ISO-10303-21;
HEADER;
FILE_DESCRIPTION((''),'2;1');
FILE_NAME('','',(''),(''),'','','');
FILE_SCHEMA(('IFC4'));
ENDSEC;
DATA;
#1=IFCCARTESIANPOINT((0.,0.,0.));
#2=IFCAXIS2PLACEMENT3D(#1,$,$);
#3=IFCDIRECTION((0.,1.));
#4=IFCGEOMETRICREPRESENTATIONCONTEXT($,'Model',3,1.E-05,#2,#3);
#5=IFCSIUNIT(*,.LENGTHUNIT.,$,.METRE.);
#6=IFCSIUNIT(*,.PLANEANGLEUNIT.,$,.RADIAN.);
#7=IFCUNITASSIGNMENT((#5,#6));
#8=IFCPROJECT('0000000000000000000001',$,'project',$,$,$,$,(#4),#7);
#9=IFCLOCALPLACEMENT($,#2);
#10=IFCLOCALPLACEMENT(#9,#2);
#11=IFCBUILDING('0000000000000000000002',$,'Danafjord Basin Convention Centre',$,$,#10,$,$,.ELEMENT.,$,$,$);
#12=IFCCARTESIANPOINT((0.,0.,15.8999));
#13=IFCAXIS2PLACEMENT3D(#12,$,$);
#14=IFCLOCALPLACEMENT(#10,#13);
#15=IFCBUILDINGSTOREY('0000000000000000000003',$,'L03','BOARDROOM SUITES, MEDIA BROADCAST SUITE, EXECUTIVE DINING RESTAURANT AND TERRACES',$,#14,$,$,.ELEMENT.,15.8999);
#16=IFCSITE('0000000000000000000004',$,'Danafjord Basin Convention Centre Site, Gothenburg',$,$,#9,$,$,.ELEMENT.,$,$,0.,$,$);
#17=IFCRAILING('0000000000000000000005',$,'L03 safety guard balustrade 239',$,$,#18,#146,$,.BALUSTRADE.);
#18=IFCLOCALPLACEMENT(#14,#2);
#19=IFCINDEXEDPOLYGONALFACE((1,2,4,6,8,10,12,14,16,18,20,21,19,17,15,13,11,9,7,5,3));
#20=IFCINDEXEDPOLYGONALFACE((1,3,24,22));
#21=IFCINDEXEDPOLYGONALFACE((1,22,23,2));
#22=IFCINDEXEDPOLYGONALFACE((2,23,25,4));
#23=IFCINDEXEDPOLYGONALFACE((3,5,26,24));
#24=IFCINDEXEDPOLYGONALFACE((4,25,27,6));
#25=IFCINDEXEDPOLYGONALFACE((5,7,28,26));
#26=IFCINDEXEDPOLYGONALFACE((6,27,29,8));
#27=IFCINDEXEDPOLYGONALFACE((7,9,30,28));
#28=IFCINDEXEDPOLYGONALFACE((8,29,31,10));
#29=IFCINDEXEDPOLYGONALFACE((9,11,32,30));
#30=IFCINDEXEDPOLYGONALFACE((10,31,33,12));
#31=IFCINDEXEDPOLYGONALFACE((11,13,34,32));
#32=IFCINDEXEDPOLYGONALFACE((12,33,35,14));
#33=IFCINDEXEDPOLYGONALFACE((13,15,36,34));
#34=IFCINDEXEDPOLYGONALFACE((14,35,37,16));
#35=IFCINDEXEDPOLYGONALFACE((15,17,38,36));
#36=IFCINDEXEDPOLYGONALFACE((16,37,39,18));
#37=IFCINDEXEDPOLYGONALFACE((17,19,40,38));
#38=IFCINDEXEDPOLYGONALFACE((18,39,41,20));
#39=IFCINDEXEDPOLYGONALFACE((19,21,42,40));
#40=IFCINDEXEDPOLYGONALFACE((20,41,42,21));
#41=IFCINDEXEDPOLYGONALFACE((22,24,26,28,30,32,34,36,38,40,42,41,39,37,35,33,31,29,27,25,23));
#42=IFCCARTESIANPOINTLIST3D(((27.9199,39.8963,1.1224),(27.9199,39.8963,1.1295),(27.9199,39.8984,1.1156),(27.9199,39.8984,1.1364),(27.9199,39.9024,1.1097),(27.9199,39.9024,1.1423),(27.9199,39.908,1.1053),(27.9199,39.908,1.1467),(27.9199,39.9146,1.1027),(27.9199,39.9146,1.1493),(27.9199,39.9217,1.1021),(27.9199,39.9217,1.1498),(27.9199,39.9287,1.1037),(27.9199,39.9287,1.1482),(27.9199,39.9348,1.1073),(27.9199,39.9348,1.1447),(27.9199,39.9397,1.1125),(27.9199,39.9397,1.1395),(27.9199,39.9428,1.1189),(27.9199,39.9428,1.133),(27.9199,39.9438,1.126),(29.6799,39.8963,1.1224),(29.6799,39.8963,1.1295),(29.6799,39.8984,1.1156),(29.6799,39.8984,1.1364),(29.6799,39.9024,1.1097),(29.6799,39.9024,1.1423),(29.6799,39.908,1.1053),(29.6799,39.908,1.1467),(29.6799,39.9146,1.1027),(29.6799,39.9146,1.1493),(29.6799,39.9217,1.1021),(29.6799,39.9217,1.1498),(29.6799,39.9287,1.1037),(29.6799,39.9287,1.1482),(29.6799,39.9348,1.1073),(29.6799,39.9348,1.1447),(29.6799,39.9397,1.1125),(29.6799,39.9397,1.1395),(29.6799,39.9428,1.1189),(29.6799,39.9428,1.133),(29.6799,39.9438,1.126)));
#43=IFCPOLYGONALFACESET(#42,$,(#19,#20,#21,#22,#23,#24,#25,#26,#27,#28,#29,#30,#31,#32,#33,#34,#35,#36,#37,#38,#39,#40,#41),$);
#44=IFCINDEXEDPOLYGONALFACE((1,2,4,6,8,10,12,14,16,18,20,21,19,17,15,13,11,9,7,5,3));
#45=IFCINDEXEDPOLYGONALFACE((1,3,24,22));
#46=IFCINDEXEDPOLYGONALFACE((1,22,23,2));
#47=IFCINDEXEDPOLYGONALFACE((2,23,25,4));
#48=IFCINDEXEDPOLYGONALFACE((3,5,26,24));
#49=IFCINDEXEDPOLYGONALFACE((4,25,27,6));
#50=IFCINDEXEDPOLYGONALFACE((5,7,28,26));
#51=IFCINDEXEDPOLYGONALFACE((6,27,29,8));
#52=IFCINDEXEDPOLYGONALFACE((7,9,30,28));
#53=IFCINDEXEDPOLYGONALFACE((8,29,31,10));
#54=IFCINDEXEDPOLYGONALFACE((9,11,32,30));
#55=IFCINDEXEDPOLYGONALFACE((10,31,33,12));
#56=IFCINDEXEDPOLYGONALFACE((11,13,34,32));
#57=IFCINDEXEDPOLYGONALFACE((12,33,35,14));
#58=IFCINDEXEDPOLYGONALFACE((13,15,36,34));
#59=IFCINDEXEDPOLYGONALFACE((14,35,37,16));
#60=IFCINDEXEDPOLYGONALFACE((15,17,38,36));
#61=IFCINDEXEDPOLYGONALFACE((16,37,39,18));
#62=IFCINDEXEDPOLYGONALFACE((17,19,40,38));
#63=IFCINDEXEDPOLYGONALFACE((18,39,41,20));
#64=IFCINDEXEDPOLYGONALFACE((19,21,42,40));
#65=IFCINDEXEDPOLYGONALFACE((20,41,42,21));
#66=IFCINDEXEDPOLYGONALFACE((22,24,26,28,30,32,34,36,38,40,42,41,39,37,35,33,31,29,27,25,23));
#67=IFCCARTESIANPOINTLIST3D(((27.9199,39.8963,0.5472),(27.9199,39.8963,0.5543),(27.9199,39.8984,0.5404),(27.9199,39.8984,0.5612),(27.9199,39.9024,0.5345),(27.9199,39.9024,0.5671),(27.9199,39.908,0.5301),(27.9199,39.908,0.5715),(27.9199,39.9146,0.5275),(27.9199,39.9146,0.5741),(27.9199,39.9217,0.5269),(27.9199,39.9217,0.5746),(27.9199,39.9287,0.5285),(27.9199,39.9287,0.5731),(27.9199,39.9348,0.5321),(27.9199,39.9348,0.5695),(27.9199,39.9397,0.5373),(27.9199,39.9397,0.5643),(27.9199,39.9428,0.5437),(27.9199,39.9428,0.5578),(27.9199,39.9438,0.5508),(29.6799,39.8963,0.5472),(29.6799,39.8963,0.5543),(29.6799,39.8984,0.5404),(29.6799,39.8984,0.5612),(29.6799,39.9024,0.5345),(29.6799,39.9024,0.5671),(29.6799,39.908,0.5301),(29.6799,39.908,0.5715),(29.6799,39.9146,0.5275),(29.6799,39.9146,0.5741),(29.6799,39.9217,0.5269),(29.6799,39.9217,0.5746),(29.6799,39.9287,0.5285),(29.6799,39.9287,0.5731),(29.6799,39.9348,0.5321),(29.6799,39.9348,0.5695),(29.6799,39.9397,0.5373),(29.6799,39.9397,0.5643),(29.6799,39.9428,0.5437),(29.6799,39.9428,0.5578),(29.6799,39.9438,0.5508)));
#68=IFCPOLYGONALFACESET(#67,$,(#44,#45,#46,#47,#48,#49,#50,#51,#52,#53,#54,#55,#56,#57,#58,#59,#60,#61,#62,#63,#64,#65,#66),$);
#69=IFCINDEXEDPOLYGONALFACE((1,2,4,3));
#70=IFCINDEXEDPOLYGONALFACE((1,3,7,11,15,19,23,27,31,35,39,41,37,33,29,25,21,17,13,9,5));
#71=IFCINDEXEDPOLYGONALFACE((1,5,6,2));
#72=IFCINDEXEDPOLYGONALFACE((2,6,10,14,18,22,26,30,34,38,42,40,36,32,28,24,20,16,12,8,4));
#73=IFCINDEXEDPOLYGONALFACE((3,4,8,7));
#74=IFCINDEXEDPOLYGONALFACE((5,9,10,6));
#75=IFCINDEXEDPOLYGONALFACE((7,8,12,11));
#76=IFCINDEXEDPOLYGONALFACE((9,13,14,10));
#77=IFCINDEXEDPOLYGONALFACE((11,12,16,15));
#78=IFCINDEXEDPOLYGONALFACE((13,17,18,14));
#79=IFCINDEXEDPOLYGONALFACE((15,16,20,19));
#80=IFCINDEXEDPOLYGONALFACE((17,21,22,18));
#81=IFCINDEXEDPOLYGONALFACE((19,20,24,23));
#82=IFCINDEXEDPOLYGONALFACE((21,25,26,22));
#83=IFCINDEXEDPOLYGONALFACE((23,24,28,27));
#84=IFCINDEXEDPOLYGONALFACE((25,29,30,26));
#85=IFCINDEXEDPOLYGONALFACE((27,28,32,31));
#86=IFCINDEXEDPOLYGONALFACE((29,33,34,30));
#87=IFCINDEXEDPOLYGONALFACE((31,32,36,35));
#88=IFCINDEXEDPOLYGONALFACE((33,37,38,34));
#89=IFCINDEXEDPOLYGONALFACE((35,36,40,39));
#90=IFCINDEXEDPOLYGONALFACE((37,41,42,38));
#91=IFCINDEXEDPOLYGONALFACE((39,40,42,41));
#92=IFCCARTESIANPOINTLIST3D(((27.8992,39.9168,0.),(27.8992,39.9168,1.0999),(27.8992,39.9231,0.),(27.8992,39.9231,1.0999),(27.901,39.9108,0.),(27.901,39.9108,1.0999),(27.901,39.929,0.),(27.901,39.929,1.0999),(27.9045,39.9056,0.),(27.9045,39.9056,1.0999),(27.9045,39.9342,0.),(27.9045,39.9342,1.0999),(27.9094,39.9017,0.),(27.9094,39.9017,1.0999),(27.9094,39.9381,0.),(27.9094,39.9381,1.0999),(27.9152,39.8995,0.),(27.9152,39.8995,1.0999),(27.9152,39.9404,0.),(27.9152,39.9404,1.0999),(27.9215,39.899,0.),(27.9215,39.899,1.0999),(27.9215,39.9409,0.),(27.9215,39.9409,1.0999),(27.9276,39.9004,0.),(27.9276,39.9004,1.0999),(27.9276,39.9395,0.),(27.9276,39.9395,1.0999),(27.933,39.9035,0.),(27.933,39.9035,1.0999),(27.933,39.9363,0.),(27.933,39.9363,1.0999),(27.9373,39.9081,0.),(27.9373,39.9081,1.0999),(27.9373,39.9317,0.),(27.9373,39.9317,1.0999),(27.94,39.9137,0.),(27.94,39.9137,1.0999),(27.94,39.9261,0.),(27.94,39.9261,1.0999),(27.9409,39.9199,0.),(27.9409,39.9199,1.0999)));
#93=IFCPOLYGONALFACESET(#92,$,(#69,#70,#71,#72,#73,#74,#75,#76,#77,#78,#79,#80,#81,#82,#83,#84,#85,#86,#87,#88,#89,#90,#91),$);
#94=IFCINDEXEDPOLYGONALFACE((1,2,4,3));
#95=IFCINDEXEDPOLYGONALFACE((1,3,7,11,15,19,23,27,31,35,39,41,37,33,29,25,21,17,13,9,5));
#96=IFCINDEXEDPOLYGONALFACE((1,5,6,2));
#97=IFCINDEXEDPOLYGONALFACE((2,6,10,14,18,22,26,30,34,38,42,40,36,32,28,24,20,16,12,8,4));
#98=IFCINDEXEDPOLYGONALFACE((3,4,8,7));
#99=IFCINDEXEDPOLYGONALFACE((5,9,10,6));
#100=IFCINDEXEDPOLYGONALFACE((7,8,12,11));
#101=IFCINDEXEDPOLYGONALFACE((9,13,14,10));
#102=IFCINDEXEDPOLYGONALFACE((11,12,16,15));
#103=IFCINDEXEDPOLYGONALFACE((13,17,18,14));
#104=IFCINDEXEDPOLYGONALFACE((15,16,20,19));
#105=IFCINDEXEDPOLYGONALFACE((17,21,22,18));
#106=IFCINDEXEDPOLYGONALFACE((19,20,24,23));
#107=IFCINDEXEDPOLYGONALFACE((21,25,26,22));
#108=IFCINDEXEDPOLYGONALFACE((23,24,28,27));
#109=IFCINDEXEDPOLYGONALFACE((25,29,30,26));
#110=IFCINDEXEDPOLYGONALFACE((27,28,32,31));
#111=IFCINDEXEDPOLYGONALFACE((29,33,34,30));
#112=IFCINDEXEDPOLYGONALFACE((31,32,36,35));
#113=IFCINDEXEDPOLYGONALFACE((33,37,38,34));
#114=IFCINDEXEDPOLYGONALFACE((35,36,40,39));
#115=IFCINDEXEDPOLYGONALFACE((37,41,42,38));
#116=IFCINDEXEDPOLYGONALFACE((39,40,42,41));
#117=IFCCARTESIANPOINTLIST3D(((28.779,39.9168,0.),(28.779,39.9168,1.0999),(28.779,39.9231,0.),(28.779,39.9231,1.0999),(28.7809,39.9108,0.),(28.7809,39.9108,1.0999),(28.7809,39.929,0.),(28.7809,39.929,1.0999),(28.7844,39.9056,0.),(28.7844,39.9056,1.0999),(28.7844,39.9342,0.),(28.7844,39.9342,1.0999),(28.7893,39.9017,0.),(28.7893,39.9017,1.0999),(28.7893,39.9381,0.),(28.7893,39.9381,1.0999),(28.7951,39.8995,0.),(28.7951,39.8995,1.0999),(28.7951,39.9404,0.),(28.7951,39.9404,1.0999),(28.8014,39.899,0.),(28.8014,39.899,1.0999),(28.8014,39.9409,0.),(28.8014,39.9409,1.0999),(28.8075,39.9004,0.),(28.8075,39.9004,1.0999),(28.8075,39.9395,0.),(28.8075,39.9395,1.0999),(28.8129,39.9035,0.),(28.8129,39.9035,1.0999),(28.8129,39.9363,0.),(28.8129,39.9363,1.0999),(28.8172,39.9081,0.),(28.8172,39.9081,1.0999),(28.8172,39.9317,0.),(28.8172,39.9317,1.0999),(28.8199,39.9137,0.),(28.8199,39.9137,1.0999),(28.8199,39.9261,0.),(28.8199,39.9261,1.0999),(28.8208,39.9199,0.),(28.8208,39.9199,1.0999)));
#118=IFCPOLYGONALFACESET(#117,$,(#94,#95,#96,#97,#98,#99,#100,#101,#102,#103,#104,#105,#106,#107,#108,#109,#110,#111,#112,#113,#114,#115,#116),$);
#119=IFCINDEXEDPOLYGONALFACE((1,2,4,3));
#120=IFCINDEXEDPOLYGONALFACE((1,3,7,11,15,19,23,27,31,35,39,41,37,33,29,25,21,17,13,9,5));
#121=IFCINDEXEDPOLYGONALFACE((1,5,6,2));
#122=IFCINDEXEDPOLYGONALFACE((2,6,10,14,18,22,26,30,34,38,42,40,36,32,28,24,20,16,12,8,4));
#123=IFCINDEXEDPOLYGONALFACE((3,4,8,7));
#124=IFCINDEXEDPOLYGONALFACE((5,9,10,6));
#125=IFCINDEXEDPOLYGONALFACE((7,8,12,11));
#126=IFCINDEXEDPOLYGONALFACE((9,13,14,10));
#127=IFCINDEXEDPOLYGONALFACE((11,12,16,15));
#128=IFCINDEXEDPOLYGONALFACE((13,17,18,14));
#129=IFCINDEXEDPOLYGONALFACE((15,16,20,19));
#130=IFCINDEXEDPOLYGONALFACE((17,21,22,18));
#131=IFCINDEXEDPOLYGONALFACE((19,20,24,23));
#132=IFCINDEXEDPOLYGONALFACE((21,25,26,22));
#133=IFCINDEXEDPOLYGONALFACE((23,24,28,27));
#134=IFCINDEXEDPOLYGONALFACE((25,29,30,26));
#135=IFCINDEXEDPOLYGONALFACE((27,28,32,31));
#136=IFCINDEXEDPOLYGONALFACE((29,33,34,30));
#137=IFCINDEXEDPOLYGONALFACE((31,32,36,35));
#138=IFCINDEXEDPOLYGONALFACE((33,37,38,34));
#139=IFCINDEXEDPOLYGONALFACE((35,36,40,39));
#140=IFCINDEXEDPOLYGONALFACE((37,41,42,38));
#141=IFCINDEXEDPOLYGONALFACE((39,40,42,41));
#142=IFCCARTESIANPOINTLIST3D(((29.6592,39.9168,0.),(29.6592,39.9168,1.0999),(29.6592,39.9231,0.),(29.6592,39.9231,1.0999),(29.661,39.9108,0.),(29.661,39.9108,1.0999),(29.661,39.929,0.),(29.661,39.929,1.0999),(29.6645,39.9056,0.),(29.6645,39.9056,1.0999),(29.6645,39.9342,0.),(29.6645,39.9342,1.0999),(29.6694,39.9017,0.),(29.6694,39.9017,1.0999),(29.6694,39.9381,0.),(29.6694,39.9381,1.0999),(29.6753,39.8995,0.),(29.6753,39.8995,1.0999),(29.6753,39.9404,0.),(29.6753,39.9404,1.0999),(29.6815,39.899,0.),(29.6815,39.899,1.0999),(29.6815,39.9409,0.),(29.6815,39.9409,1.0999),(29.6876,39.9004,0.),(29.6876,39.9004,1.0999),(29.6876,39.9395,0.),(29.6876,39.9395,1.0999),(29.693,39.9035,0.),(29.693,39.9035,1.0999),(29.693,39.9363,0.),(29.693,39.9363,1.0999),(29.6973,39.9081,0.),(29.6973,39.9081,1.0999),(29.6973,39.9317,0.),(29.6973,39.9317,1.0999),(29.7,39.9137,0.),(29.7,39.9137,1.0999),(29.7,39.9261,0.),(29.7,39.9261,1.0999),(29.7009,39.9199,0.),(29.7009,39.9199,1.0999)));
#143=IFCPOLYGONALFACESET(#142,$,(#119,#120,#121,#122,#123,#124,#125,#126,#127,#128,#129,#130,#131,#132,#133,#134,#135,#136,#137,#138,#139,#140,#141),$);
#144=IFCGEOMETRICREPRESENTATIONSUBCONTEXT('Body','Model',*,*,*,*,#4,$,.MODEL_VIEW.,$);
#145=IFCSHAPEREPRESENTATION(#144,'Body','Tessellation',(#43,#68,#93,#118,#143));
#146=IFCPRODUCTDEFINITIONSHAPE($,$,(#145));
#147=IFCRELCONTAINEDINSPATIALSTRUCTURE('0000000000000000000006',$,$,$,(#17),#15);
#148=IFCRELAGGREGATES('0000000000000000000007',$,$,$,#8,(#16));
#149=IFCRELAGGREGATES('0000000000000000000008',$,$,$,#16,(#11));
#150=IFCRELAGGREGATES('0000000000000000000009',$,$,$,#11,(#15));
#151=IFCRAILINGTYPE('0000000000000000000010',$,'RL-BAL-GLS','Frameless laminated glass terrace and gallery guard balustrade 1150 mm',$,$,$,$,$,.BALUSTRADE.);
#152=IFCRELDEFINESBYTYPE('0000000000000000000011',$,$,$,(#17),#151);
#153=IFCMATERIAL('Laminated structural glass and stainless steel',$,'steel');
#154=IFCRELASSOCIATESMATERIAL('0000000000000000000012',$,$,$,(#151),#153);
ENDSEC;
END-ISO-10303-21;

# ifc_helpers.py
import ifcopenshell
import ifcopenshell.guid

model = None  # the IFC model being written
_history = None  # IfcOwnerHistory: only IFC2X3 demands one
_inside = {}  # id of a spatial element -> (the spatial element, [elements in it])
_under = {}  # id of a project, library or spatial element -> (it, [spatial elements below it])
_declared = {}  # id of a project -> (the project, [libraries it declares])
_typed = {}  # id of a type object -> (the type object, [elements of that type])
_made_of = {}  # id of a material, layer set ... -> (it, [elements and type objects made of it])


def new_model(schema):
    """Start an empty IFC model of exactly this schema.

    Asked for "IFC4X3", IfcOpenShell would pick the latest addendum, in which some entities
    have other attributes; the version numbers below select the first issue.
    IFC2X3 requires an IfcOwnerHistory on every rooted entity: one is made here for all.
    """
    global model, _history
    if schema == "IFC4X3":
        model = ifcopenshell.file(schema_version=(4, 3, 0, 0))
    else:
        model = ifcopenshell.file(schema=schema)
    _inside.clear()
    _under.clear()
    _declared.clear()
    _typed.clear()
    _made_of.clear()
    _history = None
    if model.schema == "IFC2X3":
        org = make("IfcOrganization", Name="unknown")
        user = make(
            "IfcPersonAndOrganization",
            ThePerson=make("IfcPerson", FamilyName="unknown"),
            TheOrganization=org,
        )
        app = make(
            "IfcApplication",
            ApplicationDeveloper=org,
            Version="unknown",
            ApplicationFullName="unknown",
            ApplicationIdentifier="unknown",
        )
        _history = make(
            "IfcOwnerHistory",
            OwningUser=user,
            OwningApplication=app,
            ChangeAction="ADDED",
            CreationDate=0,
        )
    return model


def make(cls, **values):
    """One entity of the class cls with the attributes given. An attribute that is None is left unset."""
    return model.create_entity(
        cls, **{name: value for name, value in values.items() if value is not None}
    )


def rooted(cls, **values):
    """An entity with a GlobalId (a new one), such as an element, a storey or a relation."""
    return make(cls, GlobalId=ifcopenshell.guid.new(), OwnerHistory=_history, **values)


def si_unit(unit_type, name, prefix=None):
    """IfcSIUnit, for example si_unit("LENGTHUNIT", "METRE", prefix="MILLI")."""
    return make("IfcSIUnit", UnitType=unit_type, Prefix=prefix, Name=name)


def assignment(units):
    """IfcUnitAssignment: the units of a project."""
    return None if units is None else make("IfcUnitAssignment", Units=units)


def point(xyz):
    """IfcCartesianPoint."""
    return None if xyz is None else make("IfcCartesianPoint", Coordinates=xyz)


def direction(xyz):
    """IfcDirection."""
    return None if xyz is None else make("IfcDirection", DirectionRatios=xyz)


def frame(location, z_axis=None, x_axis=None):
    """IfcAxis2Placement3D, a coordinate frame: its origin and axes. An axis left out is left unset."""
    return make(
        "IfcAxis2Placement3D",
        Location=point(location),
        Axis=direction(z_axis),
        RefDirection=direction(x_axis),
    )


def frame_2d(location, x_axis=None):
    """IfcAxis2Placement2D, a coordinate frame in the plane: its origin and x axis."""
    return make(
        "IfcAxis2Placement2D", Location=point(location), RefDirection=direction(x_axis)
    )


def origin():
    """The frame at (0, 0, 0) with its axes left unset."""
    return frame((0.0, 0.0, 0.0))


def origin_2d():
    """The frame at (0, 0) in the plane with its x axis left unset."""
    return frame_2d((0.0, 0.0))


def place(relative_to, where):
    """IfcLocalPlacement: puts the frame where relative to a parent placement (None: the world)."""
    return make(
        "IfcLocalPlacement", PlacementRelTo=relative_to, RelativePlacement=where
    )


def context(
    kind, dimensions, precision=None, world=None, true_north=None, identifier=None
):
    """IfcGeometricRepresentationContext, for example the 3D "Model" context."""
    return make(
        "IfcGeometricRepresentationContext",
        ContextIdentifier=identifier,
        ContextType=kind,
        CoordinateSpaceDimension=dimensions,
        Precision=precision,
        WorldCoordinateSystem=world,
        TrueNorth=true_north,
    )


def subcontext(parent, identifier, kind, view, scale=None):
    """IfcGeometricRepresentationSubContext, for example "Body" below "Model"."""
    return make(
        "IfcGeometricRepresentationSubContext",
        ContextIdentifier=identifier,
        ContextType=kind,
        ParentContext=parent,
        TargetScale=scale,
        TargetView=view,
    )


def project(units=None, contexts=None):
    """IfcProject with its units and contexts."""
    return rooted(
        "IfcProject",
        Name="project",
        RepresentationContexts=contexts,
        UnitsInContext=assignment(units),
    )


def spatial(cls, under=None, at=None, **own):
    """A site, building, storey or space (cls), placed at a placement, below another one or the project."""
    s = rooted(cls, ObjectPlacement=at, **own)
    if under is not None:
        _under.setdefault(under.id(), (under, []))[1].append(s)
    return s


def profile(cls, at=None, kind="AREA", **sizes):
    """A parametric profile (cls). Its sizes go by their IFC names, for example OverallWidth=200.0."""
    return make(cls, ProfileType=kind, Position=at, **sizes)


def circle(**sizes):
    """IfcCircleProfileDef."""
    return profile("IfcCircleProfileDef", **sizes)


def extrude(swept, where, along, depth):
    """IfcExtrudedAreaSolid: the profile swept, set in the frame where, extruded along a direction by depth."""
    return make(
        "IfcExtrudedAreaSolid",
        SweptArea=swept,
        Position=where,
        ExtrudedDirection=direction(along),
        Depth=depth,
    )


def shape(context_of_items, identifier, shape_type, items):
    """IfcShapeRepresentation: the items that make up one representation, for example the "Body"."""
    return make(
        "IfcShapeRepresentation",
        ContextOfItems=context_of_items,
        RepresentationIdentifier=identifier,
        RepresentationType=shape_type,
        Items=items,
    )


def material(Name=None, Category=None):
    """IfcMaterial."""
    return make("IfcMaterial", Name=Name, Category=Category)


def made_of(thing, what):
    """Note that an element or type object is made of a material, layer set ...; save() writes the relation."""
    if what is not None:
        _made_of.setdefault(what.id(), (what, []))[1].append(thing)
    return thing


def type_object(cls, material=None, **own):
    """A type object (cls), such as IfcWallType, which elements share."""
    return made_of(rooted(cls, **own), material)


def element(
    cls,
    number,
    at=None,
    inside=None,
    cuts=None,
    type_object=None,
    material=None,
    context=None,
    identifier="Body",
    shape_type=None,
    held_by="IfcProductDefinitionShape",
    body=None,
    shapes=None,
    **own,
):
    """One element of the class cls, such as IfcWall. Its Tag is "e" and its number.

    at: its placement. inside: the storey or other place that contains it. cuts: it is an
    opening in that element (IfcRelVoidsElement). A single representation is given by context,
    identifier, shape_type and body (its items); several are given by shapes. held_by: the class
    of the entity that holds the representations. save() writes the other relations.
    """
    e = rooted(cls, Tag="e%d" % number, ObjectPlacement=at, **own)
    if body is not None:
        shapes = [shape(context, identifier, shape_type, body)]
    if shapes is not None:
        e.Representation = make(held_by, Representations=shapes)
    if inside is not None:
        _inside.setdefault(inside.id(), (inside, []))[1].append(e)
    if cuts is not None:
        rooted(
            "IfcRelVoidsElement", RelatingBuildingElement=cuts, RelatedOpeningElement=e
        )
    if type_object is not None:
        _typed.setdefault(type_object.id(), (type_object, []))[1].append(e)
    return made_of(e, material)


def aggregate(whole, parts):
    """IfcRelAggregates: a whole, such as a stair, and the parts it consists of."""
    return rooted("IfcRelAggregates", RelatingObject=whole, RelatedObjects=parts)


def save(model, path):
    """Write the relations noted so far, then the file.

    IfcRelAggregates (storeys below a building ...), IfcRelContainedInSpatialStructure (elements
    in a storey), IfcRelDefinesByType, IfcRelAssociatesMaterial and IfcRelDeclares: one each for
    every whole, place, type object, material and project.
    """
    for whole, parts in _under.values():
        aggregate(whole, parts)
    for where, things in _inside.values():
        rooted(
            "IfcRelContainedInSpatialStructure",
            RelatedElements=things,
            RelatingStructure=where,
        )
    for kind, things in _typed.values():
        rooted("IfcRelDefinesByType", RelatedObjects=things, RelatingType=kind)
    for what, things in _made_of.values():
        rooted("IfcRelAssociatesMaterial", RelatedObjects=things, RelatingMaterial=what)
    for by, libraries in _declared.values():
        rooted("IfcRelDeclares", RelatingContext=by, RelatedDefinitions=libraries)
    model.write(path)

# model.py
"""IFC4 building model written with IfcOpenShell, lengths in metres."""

from ifc_helpers import new_model, si_unit, direction, frame, origin, origin_2d, place, context, subcontext, project, spatial, circle, extrude, material, type_object, element, save


model = new_model("IFC4")

# Units and contexts
model_context = context("Model", 3, precision=1e-05, world=origin(), true_north=direction((0.0, 1.0)))
body_context = subcontext(model_context, "Body", "Model", "MODEL_VIEW")
ifc_project = project(units=[si_unit("LENGTHUNIT", "METRE"), si_unit("PLANEANGLEUNIT", "RADIAN")], contexts=[model_context])

# Site, building, storey
site_placement = place(None, origin())
site = spatial("IfcSite", under=ifc_project, at=site_placement, Name="Danafjord Basin Convention Centre Site, Gothenburg", CompositionType="ELEMENT", RefElevation=0.0)
building_placement = place(site_placement, origin())
building = spatial("IfcBuilding", under=site, at=building_placement, Name="Danafjord Basin Convention Centre", CompositionType="ELEMENT")
storey_placement = place(building_placement, frame((0.0, 0.0, 15.8999)))
storey = spatial("IfcBuildingStorey", under=building, at=storey_placement, Name="L03", Description="BOARDROOM SUITES, MEDIA BROADCAST SUITE, EXECUTIVE DINING RESTAURANT AND TERRACES", CompositionType="ELEMENT", Elevation=15.8999)

# Railing
ifc_material_1 = material(Name="Laminated structural glass and stainless steel", Category="steel")
railing_type_1 = type_object("IfcRailingType", Name="RL-BAL-GLS", Description="Frameless laminated glass terrace and gallery guard balustrade 1150 mm", PredefinedType="BALUSTRADE", material=ifc_material_1)
railing_1_placement = place(storey_placement, frame((27.9199, 39.9199, 0.0)))
element("IfcRailing", 1, at=railing_1_placement, inside=storey, type_object=railing_type_1, Name="L03 safety guard balustrade 239", PredefinedType="BALUSTRADE", context=body_context, shape_type="SweptSolid", body=[
    extrude(circle(Radius=0.0239, at=origin_2d()), frame((0.0, 0.0, 1.126), z_axis=(1.0, 0.0, 0.0), x_axis=(0.0, 1.0, 0.0)), (0.0, 0.0, 1.0), 1.76),
    extrude(circle(Radius=0.0239, at=origin_2d()), frame((0.0, 0.0, 0.5508), z_axis=(1.0, 0.0, 0.0), x_axis=(0.0, 1.0, 0.0)), (0.0, 0.0, 1.0), 1.76),
    extrude(circle(Radius=0.021, at=origin_2d()), origin(), (0.0, 0.0, 1.0), 1.0999),
    extrude(circle(Radius=0.021, at=origin_2d()), frame((0.8799, 0.0, 0.0)), (0.0, 0.0, 1.0), 1.0999),
    extrude(circle(Radius=0.021, at=origin_2d()), frame((1.76, 0.0, 0.0)), (0.0, 0.0, 1.0), 1.0999),
])

save(model, "model.ifc")
